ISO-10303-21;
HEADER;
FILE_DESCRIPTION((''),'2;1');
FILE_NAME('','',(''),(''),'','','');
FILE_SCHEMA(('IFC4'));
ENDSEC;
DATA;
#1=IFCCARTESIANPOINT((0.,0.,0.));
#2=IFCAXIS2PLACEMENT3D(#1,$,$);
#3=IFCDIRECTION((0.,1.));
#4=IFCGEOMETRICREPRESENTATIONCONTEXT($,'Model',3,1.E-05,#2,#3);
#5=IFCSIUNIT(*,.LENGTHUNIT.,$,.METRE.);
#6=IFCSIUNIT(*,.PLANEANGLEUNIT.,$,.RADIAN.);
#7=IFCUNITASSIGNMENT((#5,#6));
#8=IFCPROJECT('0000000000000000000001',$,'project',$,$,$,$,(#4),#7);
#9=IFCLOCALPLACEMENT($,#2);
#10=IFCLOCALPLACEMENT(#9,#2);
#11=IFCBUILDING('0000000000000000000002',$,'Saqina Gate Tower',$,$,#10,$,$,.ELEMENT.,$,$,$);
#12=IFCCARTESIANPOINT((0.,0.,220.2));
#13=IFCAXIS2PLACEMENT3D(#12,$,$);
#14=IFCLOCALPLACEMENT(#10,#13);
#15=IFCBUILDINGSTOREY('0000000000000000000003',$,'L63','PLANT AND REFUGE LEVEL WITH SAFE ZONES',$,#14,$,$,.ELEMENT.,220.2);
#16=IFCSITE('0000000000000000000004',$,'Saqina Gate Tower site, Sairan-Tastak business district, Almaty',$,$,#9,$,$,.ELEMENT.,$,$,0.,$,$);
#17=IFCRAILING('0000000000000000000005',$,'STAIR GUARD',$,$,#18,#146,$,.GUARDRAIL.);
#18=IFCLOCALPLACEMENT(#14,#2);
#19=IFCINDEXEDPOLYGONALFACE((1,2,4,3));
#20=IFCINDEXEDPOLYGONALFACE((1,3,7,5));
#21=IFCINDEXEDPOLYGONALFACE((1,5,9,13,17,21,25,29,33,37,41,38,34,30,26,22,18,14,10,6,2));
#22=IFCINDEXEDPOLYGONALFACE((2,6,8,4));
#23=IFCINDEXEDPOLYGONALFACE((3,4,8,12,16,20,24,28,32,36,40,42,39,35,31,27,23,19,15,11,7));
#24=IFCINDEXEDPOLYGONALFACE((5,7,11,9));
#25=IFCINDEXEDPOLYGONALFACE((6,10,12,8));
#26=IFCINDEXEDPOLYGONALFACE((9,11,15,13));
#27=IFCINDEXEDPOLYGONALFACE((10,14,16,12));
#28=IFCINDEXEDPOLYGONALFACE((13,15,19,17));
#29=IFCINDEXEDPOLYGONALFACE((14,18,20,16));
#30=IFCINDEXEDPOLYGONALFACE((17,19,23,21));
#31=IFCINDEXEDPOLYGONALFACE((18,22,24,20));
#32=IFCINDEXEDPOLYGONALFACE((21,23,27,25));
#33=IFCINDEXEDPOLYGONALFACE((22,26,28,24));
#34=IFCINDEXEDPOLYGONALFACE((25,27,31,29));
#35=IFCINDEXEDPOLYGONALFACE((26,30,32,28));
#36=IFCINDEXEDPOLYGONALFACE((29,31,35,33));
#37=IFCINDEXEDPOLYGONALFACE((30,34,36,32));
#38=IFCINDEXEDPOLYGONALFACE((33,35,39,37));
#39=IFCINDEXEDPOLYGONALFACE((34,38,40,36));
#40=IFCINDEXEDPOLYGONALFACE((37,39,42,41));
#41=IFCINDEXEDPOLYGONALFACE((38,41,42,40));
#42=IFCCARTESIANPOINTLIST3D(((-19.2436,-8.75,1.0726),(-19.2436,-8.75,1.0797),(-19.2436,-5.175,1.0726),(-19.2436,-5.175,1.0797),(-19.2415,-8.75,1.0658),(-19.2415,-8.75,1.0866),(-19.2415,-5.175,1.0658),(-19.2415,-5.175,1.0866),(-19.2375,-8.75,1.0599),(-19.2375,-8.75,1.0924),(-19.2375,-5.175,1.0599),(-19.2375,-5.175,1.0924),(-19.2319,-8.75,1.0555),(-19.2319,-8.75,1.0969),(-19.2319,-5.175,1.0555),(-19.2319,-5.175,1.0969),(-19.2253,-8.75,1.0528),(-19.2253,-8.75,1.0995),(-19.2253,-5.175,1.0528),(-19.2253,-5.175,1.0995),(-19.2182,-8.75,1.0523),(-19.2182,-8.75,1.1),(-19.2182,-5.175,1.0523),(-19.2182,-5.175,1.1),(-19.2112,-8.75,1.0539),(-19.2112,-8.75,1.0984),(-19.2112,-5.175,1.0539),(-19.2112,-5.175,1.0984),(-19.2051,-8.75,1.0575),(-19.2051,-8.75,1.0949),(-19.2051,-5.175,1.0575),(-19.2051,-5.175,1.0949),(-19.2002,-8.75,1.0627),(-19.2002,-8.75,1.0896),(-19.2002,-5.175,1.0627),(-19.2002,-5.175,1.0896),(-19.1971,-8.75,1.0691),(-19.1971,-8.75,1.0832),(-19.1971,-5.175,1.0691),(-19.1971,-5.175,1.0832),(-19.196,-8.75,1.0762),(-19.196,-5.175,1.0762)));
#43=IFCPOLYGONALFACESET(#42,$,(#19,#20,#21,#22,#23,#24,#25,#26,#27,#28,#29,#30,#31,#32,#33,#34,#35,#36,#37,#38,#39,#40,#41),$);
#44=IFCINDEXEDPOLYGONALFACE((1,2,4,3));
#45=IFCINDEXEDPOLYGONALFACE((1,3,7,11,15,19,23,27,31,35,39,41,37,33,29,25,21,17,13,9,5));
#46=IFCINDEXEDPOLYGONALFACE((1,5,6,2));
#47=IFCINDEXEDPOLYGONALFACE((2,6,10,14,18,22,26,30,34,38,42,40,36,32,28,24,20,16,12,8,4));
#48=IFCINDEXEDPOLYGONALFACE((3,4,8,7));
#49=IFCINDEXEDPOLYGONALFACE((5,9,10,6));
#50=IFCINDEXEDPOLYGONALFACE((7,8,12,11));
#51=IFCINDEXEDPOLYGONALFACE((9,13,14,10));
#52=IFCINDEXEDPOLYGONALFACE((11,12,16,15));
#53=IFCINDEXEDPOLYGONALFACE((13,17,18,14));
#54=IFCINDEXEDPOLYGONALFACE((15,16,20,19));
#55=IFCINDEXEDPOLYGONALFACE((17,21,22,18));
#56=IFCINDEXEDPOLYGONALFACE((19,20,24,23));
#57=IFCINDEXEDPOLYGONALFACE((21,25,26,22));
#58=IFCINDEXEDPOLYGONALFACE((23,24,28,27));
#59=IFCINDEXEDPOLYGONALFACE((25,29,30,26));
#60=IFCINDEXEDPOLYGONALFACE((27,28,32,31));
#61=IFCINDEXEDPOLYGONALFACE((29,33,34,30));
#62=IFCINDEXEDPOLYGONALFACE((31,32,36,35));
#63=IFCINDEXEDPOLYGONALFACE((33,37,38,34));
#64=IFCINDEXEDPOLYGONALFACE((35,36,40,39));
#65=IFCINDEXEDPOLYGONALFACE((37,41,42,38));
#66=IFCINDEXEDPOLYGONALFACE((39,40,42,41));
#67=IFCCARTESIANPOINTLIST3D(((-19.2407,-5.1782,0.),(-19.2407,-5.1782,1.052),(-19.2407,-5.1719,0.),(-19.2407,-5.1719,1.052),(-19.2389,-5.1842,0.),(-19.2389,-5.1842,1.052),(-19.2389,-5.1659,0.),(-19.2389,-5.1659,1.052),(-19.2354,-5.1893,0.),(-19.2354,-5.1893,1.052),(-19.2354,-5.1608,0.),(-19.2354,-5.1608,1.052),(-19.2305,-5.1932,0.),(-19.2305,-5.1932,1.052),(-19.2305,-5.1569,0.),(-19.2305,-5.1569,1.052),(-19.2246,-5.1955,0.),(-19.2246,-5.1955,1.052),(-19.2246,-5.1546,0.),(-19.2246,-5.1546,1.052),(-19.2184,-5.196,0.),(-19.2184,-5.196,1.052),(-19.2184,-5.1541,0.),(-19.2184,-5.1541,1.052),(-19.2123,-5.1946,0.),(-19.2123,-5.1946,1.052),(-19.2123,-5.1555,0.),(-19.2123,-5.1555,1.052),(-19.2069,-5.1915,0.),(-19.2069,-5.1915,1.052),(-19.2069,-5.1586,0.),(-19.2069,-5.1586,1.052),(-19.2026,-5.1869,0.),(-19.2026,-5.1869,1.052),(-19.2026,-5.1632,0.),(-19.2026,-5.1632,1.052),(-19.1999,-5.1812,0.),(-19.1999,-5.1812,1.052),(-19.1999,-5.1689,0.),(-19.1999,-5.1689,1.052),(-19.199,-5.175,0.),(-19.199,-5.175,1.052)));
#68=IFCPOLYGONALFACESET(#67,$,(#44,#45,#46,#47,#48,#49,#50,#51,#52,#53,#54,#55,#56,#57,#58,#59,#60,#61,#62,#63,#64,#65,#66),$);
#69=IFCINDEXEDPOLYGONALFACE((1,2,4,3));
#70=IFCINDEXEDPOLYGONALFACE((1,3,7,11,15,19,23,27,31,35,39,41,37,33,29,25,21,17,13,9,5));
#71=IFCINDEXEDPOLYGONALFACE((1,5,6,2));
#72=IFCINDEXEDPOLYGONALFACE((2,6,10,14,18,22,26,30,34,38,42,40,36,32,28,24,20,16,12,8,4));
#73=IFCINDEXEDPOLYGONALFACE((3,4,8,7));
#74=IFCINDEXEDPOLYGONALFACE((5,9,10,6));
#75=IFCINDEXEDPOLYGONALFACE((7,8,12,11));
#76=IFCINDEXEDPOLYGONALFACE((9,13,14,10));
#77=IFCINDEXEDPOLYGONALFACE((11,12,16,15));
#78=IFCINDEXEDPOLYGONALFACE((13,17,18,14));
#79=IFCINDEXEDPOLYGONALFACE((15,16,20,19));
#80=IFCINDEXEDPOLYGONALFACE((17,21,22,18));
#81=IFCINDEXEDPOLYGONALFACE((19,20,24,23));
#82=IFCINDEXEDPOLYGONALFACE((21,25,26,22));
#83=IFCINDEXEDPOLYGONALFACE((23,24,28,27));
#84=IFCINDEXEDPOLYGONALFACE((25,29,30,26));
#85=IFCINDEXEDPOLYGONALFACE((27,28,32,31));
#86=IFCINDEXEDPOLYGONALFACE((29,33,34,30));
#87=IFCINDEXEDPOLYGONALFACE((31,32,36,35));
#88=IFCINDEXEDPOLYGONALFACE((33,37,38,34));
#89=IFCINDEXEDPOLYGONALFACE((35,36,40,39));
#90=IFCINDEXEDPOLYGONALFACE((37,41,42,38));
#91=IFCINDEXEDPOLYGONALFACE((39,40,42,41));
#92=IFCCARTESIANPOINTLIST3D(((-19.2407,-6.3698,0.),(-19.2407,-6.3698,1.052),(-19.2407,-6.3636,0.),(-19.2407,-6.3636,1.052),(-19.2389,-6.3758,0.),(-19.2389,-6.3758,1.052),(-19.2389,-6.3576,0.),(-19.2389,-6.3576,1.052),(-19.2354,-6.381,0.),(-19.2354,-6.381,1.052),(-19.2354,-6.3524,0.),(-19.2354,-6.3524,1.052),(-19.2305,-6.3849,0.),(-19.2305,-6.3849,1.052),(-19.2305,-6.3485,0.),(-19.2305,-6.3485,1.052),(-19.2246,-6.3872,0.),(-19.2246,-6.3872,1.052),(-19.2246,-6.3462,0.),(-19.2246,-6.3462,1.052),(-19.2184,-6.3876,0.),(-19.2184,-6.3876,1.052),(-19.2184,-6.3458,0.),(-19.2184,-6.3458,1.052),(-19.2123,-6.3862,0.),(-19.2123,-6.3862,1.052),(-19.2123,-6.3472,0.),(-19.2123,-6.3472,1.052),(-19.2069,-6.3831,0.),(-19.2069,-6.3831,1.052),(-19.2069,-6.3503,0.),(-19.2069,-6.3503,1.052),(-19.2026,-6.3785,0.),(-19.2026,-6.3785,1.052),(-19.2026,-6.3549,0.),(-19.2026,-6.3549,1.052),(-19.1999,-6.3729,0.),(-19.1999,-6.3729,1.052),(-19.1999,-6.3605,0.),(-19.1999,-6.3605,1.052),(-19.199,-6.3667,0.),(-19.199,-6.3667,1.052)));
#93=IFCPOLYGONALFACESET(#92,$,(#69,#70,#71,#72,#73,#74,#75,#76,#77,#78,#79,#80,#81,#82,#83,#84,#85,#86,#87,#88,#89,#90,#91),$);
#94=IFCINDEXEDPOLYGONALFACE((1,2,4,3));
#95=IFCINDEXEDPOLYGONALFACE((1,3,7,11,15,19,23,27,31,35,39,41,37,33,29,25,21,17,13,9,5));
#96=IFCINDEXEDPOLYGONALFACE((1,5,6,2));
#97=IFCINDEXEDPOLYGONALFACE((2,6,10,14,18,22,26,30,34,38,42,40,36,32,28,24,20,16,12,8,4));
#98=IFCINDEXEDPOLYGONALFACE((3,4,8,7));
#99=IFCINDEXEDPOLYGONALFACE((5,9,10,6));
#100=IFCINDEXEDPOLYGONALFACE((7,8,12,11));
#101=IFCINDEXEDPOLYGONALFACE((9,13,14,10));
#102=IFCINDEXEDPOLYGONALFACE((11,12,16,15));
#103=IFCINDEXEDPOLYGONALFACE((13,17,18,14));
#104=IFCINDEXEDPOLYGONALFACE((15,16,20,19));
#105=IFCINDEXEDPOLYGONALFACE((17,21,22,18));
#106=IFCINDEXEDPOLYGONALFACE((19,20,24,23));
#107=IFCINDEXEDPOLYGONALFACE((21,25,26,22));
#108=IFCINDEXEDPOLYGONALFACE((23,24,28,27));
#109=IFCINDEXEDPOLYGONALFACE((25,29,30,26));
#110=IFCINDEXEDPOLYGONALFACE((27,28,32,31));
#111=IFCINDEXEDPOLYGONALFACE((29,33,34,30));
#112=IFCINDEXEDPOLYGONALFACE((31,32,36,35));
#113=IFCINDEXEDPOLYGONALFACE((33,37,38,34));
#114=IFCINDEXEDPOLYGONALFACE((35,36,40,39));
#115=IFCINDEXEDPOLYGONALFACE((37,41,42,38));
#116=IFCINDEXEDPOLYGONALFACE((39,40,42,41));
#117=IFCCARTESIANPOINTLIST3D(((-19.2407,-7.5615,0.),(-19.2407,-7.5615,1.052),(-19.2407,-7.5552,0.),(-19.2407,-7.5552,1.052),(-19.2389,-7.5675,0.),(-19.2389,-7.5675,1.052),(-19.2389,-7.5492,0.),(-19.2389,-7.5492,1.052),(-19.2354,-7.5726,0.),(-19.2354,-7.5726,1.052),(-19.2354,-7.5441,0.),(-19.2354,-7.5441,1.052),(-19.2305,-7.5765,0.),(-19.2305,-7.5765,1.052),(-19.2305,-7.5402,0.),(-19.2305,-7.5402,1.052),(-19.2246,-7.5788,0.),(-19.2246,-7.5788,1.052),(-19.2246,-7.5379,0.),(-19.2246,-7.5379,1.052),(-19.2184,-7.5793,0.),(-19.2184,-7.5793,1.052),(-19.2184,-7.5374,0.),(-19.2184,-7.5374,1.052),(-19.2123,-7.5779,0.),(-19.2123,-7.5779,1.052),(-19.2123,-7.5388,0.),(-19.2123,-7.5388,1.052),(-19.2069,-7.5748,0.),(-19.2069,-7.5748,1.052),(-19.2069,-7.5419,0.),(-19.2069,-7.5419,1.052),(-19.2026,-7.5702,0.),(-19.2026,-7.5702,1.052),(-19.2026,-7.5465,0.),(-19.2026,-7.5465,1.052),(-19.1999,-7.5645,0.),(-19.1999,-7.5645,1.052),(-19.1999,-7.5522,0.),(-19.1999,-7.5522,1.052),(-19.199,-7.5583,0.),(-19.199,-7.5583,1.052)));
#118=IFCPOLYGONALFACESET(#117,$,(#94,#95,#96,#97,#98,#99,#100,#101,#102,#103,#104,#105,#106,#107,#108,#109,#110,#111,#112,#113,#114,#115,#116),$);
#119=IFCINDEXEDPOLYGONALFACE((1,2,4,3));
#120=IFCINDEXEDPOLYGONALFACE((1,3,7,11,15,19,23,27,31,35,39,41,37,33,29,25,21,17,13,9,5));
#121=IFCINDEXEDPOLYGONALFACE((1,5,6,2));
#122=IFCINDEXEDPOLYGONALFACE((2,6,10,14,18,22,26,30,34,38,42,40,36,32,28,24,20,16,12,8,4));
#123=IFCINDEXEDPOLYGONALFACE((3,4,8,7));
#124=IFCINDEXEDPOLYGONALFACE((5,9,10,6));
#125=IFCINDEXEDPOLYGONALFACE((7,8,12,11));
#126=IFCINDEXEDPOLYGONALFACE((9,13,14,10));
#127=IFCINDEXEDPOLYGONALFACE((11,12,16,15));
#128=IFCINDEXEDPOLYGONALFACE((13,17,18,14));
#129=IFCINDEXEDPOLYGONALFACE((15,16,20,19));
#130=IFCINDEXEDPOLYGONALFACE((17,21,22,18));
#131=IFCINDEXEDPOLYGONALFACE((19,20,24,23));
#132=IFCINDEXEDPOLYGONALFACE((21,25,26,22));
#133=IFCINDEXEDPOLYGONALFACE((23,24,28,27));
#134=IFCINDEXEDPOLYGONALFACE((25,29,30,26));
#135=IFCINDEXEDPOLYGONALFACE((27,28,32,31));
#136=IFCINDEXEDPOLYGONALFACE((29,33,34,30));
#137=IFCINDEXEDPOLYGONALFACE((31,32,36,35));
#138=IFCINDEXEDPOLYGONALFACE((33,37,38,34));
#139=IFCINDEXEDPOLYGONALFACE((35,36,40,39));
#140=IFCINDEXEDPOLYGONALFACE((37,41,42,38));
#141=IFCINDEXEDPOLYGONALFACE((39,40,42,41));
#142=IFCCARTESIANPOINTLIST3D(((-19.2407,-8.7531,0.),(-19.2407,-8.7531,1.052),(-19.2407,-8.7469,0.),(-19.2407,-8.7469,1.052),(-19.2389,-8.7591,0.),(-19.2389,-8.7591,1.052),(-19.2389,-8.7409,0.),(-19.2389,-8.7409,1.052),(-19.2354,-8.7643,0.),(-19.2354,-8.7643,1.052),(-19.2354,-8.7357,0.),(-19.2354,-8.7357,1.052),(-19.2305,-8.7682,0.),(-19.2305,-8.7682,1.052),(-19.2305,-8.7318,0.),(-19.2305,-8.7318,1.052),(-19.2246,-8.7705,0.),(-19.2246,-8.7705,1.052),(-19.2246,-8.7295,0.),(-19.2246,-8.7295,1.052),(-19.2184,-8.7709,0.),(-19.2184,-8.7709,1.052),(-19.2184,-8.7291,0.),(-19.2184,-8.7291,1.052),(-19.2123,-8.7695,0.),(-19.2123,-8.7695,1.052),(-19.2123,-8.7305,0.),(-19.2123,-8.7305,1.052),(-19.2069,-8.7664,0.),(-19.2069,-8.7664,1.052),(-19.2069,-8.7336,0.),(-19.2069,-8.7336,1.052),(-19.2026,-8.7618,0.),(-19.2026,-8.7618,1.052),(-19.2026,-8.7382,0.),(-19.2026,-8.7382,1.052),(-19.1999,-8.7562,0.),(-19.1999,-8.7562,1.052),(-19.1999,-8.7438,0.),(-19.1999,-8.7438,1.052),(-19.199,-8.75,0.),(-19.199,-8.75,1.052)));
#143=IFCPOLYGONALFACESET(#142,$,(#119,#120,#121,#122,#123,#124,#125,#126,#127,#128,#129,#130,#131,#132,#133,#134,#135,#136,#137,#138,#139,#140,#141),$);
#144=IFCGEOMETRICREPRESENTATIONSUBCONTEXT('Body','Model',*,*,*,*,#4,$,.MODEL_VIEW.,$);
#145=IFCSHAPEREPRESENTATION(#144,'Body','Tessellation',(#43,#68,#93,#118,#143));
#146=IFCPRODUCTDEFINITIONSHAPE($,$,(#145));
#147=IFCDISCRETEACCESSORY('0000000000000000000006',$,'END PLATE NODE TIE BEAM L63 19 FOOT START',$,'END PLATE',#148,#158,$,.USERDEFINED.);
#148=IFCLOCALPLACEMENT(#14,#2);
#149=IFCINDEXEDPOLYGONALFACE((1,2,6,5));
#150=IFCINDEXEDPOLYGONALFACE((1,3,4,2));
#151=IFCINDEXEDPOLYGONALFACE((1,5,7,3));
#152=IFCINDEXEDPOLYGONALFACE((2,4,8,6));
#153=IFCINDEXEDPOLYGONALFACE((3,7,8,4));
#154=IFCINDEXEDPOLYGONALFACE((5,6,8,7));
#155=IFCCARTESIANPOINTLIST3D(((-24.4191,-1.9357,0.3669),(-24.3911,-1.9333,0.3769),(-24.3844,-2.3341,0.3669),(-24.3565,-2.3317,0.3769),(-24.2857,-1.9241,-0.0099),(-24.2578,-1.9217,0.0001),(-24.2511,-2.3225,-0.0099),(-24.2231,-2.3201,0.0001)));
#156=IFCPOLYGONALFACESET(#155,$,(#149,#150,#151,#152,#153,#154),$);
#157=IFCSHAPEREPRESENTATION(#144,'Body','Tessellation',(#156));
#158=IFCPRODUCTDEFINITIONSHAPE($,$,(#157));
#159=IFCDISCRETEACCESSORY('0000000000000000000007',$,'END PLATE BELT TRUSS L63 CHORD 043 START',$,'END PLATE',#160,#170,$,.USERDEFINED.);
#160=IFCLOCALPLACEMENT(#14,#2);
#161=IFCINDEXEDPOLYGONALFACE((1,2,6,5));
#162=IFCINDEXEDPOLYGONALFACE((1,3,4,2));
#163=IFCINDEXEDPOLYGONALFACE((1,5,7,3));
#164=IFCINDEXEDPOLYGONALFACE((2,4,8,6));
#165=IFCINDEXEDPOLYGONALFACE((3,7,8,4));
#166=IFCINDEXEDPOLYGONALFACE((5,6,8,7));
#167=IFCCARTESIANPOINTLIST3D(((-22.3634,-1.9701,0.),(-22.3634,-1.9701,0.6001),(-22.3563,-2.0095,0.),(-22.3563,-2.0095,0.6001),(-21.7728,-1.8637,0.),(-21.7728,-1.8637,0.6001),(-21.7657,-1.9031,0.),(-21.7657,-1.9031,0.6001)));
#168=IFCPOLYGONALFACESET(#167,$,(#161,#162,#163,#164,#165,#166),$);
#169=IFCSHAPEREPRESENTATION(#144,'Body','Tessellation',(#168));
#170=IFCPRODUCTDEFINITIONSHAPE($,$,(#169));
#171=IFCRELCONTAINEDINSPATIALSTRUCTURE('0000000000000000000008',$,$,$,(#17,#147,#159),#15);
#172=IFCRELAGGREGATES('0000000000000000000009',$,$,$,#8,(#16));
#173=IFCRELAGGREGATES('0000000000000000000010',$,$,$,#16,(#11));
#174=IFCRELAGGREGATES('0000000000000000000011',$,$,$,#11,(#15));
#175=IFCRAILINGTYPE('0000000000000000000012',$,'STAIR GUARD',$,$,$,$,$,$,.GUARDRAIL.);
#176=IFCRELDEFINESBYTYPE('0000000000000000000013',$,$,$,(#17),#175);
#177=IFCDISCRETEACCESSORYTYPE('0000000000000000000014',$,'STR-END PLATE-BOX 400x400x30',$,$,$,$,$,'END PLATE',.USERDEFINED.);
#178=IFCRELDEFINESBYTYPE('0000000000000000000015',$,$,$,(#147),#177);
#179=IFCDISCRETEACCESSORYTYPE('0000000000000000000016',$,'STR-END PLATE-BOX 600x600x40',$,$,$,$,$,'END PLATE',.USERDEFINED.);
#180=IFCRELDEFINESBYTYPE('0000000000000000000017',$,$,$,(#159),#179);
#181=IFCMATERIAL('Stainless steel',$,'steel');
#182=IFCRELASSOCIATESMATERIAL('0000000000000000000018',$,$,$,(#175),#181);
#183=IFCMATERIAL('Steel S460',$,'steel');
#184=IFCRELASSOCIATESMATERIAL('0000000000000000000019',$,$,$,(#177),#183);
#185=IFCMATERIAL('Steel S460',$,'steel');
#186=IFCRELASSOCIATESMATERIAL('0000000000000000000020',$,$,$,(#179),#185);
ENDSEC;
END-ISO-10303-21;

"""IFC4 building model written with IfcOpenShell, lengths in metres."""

from ifc_helpers import new_model, si_unit, direction, frame, origin, origin_2d, place, context, subcontext, project, spatial, rectangle, circle, extrude, material, material_profile, profile_set, type_object, element, save


model = new_model("IFC4")

# Units and contexts
model_context = context("Model", 3, precision=1e-05, world=origin(), true_north=direction((0.0, 1.0)))
body_context = subcontext(model_context, "Body", "Model", "MODEL_VIEW")
ifc_project = project(units=[si_unit("LENGTHUNIT", "METRE"), si_unit("PLANEANGLEUNIT", "RADIAN")], contexts=[model_context])

# Site, building, storey
site_placement = place(None, origin())
site = spatial("IfcSite", under=ifc_project, at=site_placement, Name="Saqina Gate Tower site, Sairan-Tastak business district, Almaty", CompositionType="ELEMENT", RefElevation=0.0)
building_placement = place(site_placement, origin())
building = spatial("IfcBuilding", under=site, at=building_placement, Name="Saqina Gate Tower", CompositionType="ELEMENT")
storey_placement = place(building_placement, frame((0.0, 0.0, 220.2)))
storey = spatial("IfcBuildingStorey", under=building, at=storey_placement, Name="L63", Description="PLANT AND REFUGE LEVEL WITH SAFE ZONES", CompositionType="ELEMENT", Elevation=220.2)

# Railing
ifc_material_1 = material(Name="Stainless steel", Category="steel")
railing_type = type_object("IfcRailingType", Name="STAIR GUARD", PredefinedType="GUARDRAIL", material=ifc_material_1)
railing_placement = place(storey_placement, frame((-19.22, -5.175, 0.0)))
element("IfcRailing", 1, at=railing_placement, inside=storey, type_object=railing_type, Name="STAIR GUARD", PredefinedType="GUARDRAIL", context=body_context, shape_type="SweptSolid", body=[
    extrude(circle(Radius=0.0239, at=origin_2d()), frame((0.0, 0.0, 1.0762), z_axis=(0.0, -1.0, 0.0), x_axis=(1.0, 0.0, 0.0)), (0.0, 0.0, 1.0), 3.575),
    extrude(circle(Radius=0.021, at=origin_2d()), origin(), (0.0, 0.0, 1.0), 1.052),
    extrude(circle(Radius=0.021, at=origin_2d()), frame((0.0, -1.1917, 0.0)), (0.0, 0.0, 1.0), 1.052),
    extrude(circle(Radius=0.021, at=origin_2d()), frame((0.0, -2.3833, 0.0)), (0.0, 0.0, 1.0), 1.052),
    extrude(circle(Radius=0.021, at=origin_2d()), frame((0.0, -3.575, 0.0)), (0.0, 0.0, 1.0), 1.052),
])

# Discrete accessories
ifc_material_2 = material(Name="Steel S460", Category="steel")
ifc_material_profile_1 = material_profile(ifc_material_2, rectangle(XDim=0.3999, YDim=0.3999, at=origin_2d()), Name="STR-END PLATE-BOX 400x400x30")
ifc_profile_set_1 = profile_set([ifc_material_profile_1], Name="Steel S460")
discrete_accessory_type_1 = type_object("IfcDiscreteAccessoryType", Name="STR-END PLATE-BOX 400x400x30", ElementType="END PLATE", PredefinedType="USERDEFINED", material=ifc_profile_set_1)
discrete_accessory_1_placement = place(storey_placement, frame((-24.3071, -2.1267, 0.1885), z_axis=(-0.938783, -0.081633, -0.334697), x_axis=(-0.08663, 0.996241, 0.0)))
element("IfcDiscreteAccessory", 2, at=discrete_accessory_1_placement, inside=storey, type_object=discrete_accessory_type_1, Name="END PLATE NODE TIE BEAM L63 19 FOOT START", ObjectType="END PLATE", PredefinedType="USERDEFINED", context=body_context, shape_type="SweptSolid", body=[
    extrude(rectangle(XDim=0.3999, YDim=0.3999, at=origin_2d()), origin(), (0.0, 0.0, 1.0), 0.0298),
])
ifc_material_3 = material(Name="Steel S460", Category="steel")
ifc_material_profile_2 = material_profile(ifc_material_3, rectangle(XDim=0.6001, YDim=0.6001, at=origin_2d()), Name="STR-END PLATE-BOX 600x600x40")
ifc_profile_set_2 = profile_set([ifc_material_profile_2], Name="Steel S460")
discrete_accessory_type_2 = type_object("IfcDiscreteAccessoryType", Name="STR-END PLATE-BOX 600x600x40", ElementType="END PLATE", PredefinedType="USERDEFINED", material=ifc_profile_set_2)
discrete_accessory_2_placement = place(storey_placement, frame((-22.061, -1.9563, 0.3), z_axis=(-0.177271, 0.984162, 0.0), x_axis=(0.984162, 0.177271, 0.0)))
element("IfcDiscreteAccessory", 3, at=discrete_accessory_2_placement, inside=storey, type_object=discrete_accessory_type_2, Name="END PLATE BELT TRUSS L63 CHORD 043 START", ObjectType="END PLATE", PredefinedType="USERDEFINED", context=body_context, shape_type="SweptSolid", body=[
    extrude(rectangle(XDim=0.6001, YDim=0.6001, at=origin_2d()), origin(), (0.0, 0.0, 1.0), 0.04),
])

save(model, "model.ifc")
